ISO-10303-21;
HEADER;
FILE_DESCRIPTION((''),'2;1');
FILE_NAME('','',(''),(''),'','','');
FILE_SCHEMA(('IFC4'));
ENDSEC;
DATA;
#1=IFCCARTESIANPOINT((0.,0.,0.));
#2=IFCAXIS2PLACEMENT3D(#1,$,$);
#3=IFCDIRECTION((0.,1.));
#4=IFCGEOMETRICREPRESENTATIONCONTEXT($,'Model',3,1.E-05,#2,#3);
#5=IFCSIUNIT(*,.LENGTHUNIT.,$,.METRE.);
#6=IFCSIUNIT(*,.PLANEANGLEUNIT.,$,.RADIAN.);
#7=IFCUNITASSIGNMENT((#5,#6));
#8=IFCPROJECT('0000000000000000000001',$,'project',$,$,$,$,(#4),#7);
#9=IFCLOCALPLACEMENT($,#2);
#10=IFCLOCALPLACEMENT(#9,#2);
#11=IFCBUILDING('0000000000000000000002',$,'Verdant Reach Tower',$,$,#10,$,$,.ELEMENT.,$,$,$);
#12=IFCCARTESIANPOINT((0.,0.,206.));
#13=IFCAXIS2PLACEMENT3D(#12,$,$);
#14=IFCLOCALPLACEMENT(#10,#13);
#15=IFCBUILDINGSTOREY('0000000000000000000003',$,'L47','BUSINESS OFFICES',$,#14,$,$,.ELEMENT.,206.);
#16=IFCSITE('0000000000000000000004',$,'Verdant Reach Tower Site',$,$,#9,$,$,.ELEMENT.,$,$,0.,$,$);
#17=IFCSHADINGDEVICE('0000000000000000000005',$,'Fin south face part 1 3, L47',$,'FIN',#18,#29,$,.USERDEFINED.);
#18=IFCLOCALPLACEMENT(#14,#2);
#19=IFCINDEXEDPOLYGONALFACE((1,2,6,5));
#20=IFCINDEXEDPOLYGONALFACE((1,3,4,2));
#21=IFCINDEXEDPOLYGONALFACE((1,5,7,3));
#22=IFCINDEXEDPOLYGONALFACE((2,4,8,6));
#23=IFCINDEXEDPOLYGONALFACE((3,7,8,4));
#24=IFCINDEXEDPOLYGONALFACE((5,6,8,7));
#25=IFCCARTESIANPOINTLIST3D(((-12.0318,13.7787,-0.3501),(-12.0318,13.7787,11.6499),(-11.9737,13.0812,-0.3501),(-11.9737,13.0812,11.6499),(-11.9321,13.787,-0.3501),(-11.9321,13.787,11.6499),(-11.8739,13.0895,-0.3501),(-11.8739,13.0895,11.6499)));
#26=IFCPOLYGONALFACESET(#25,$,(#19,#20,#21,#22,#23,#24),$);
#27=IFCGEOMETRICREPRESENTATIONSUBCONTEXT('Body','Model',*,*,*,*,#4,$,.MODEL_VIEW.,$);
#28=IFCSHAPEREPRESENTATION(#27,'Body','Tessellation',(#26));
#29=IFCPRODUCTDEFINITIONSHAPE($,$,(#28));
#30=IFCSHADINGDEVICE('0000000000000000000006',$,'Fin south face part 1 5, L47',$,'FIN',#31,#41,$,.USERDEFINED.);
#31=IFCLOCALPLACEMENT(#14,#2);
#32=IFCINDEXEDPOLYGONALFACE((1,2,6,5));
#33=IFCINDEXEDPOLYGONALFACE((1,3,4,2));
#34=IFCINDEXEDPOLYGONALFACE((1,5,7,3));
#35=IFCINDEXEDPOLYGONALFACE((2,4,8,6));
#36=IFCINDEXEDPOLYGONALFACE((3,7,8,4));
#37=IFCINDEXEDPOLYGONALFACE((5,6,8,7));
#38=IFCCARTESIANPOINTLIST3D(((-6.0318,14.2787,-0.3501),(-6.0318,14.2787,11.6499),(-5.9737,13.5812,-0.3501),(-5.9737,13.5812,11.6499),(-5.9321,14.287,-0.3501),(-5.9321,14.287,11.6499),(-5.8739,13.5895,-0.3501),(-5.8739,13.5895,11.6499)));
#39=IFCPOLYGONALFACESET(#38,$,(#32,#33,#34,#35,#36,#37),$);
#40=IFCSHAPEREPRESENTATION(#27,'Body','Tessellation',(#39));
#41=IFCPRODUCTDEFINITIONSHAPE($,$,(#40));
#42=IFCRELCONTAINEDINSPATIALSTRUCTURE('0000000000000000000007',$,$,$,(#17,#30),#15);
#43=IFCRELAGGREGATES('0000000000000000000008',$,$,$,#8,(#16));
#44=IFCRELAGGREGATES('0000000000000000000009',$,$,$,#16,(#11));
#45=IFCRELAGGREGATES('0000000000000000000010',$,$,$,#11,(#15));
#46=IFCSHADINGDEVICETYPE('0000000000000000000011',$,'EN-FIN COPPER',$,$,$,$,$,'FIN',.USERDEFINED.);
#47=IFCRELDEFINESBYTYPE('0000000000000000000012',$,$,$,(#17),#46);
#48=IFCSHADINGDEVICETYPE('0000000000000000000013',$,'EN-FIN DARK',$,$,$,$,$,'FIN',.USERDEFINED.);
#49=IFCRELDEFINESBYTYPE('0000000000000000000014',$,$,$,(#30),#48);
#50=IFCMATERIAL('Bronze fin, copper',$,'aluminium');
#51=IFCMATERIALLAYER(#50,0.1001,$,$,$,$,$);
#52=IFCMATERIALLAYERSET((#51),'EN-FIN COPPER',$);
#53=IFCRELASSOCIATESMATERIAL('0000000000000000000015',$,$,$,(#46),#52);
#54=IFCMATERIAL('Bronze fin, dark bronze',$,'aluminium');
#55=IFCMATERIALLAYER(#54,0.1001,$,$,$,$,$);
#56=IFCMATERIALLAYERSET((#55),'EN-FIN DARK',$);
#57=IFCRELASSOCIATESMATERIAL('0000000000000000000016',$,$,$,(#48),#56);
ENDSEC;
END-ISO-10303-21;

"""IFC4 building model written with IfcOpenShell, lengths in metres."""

from ifc_helpers import new_model, si_unit, direction, frame, origin, origin_2d, place, context, subcontext, project, spatial, rectangle, extrude, material, layer, layer_set, type_object, element, save


model = new_model("IFC4")

# Units and contexts
model_context = context("Model", 3, precision=1e-05, world=origin(), true_north=direction((0.0, 1.0)))
body_context = subcontext(model_context, "Body", "Model", "MODEL_VIEW")
ifc_project = project(units=[si_unit("LENGTHUNIT", "METRE"), si_unit("PLANEANGLEUNIT", "RADIAN")], contexts=[model_context])

# Site, building, storey
site_placement = place(None, origin())
site = spatial("IfcSite", under=ifc_project, at=site_placement, Name="Verdant Reach Tower Site", CompositionType="ELEMENT", RefElevation=0.0)
building_placement = place(site_placement, origin())
building = spatial("IfcBuilding", under=site, at=building_placement, Name="Verdant Reach Tower", CompositionType="ELEMENT")
storey_placement = place(building_placement, frame((0.0, 0.0, 206.0)))
storey = spatial("IfcBuildingStorey", under=building, at=storey_placement, Name="L47", Description="BUSINESS OFFICES", CompositionType="ELEMENT", Elevation=206.0)

# Shading devices
ifc_material_1 = material(Name="Bronze fin, copper", Category="aluminium")
ifc_layer_1 = layer(ifc_material_1, 0.1001)
ifc_layer_set_1 = layer_set([ifc_layer_1], Name="EN-FIN COPPER")
shading_device_type_1 = type_object("IfcShadingDeviceType", Name="EN-FIN COPPER", ElementType="FIN", PredefinedType="USERDEFINED", material=ifc_layer_set_1)
shading_device_1_placement = place(storey_placement, frame((-11.9529, 13.4341, -0.3501), z_axis=(0.0, 0.0, 1.0), x_axis=(0.996546, 0.083045, 0.0)))
element("IfcShadingDevice", 1, at=shading_device_1_placement, inside=storey, type_object=shading_device_type_1, Name="Fin south face part 1 3, L47", ObjectType="FIN", PredefinedType="USERDEFINED", context=body_context, shape_type="SweptSolid", body=[
    extrude(rectangle(XDim=0.1001, YDim=0.7, at=origin_2d()), origin(), (0.0, 0.0, 1.0), 12.0),
])
ifc_material_2 = material(Name="Bronze fin, dark bronze", Category="aluminium")
ifc_layer_2 = layer(ifc_material_2, 0.1001)
ifc_layer_set_2 = layer_set([ifc_layer_2], Name="EN-FIN DARK")
shading_device_type_2 = type_object("IfcShadingDeviceType", Name="EN-FIN DARK", ElementType="FIN", PredefinedType="USERDEFINED", material=ifc_layer_set_2)
shading_device_2_placement = place(storey_placement, frame((-5.9529, 13.9341, -0.3501), z_axis=(0.0, 0.0, 1.0), x_axis=(0.996546, 0.083045, 0.0)))
element("IfcShadingDevice", 2, at=shading_device_2_placement, inside=storey, type_object=shading_device_type_2, Name="Fin south face part 1 5, L47", ObjectType="FIN", PredefinedType="USERDEFINED", context=body_context, shape_type="SweptSolid", body=[
    extrude(rectangle(XDim=0.1001, YDim=0.7, at=origin_2d()), origin(), (0.0, 0.0, 1.0), 12.0),
])

save(model, "model.ifc")
